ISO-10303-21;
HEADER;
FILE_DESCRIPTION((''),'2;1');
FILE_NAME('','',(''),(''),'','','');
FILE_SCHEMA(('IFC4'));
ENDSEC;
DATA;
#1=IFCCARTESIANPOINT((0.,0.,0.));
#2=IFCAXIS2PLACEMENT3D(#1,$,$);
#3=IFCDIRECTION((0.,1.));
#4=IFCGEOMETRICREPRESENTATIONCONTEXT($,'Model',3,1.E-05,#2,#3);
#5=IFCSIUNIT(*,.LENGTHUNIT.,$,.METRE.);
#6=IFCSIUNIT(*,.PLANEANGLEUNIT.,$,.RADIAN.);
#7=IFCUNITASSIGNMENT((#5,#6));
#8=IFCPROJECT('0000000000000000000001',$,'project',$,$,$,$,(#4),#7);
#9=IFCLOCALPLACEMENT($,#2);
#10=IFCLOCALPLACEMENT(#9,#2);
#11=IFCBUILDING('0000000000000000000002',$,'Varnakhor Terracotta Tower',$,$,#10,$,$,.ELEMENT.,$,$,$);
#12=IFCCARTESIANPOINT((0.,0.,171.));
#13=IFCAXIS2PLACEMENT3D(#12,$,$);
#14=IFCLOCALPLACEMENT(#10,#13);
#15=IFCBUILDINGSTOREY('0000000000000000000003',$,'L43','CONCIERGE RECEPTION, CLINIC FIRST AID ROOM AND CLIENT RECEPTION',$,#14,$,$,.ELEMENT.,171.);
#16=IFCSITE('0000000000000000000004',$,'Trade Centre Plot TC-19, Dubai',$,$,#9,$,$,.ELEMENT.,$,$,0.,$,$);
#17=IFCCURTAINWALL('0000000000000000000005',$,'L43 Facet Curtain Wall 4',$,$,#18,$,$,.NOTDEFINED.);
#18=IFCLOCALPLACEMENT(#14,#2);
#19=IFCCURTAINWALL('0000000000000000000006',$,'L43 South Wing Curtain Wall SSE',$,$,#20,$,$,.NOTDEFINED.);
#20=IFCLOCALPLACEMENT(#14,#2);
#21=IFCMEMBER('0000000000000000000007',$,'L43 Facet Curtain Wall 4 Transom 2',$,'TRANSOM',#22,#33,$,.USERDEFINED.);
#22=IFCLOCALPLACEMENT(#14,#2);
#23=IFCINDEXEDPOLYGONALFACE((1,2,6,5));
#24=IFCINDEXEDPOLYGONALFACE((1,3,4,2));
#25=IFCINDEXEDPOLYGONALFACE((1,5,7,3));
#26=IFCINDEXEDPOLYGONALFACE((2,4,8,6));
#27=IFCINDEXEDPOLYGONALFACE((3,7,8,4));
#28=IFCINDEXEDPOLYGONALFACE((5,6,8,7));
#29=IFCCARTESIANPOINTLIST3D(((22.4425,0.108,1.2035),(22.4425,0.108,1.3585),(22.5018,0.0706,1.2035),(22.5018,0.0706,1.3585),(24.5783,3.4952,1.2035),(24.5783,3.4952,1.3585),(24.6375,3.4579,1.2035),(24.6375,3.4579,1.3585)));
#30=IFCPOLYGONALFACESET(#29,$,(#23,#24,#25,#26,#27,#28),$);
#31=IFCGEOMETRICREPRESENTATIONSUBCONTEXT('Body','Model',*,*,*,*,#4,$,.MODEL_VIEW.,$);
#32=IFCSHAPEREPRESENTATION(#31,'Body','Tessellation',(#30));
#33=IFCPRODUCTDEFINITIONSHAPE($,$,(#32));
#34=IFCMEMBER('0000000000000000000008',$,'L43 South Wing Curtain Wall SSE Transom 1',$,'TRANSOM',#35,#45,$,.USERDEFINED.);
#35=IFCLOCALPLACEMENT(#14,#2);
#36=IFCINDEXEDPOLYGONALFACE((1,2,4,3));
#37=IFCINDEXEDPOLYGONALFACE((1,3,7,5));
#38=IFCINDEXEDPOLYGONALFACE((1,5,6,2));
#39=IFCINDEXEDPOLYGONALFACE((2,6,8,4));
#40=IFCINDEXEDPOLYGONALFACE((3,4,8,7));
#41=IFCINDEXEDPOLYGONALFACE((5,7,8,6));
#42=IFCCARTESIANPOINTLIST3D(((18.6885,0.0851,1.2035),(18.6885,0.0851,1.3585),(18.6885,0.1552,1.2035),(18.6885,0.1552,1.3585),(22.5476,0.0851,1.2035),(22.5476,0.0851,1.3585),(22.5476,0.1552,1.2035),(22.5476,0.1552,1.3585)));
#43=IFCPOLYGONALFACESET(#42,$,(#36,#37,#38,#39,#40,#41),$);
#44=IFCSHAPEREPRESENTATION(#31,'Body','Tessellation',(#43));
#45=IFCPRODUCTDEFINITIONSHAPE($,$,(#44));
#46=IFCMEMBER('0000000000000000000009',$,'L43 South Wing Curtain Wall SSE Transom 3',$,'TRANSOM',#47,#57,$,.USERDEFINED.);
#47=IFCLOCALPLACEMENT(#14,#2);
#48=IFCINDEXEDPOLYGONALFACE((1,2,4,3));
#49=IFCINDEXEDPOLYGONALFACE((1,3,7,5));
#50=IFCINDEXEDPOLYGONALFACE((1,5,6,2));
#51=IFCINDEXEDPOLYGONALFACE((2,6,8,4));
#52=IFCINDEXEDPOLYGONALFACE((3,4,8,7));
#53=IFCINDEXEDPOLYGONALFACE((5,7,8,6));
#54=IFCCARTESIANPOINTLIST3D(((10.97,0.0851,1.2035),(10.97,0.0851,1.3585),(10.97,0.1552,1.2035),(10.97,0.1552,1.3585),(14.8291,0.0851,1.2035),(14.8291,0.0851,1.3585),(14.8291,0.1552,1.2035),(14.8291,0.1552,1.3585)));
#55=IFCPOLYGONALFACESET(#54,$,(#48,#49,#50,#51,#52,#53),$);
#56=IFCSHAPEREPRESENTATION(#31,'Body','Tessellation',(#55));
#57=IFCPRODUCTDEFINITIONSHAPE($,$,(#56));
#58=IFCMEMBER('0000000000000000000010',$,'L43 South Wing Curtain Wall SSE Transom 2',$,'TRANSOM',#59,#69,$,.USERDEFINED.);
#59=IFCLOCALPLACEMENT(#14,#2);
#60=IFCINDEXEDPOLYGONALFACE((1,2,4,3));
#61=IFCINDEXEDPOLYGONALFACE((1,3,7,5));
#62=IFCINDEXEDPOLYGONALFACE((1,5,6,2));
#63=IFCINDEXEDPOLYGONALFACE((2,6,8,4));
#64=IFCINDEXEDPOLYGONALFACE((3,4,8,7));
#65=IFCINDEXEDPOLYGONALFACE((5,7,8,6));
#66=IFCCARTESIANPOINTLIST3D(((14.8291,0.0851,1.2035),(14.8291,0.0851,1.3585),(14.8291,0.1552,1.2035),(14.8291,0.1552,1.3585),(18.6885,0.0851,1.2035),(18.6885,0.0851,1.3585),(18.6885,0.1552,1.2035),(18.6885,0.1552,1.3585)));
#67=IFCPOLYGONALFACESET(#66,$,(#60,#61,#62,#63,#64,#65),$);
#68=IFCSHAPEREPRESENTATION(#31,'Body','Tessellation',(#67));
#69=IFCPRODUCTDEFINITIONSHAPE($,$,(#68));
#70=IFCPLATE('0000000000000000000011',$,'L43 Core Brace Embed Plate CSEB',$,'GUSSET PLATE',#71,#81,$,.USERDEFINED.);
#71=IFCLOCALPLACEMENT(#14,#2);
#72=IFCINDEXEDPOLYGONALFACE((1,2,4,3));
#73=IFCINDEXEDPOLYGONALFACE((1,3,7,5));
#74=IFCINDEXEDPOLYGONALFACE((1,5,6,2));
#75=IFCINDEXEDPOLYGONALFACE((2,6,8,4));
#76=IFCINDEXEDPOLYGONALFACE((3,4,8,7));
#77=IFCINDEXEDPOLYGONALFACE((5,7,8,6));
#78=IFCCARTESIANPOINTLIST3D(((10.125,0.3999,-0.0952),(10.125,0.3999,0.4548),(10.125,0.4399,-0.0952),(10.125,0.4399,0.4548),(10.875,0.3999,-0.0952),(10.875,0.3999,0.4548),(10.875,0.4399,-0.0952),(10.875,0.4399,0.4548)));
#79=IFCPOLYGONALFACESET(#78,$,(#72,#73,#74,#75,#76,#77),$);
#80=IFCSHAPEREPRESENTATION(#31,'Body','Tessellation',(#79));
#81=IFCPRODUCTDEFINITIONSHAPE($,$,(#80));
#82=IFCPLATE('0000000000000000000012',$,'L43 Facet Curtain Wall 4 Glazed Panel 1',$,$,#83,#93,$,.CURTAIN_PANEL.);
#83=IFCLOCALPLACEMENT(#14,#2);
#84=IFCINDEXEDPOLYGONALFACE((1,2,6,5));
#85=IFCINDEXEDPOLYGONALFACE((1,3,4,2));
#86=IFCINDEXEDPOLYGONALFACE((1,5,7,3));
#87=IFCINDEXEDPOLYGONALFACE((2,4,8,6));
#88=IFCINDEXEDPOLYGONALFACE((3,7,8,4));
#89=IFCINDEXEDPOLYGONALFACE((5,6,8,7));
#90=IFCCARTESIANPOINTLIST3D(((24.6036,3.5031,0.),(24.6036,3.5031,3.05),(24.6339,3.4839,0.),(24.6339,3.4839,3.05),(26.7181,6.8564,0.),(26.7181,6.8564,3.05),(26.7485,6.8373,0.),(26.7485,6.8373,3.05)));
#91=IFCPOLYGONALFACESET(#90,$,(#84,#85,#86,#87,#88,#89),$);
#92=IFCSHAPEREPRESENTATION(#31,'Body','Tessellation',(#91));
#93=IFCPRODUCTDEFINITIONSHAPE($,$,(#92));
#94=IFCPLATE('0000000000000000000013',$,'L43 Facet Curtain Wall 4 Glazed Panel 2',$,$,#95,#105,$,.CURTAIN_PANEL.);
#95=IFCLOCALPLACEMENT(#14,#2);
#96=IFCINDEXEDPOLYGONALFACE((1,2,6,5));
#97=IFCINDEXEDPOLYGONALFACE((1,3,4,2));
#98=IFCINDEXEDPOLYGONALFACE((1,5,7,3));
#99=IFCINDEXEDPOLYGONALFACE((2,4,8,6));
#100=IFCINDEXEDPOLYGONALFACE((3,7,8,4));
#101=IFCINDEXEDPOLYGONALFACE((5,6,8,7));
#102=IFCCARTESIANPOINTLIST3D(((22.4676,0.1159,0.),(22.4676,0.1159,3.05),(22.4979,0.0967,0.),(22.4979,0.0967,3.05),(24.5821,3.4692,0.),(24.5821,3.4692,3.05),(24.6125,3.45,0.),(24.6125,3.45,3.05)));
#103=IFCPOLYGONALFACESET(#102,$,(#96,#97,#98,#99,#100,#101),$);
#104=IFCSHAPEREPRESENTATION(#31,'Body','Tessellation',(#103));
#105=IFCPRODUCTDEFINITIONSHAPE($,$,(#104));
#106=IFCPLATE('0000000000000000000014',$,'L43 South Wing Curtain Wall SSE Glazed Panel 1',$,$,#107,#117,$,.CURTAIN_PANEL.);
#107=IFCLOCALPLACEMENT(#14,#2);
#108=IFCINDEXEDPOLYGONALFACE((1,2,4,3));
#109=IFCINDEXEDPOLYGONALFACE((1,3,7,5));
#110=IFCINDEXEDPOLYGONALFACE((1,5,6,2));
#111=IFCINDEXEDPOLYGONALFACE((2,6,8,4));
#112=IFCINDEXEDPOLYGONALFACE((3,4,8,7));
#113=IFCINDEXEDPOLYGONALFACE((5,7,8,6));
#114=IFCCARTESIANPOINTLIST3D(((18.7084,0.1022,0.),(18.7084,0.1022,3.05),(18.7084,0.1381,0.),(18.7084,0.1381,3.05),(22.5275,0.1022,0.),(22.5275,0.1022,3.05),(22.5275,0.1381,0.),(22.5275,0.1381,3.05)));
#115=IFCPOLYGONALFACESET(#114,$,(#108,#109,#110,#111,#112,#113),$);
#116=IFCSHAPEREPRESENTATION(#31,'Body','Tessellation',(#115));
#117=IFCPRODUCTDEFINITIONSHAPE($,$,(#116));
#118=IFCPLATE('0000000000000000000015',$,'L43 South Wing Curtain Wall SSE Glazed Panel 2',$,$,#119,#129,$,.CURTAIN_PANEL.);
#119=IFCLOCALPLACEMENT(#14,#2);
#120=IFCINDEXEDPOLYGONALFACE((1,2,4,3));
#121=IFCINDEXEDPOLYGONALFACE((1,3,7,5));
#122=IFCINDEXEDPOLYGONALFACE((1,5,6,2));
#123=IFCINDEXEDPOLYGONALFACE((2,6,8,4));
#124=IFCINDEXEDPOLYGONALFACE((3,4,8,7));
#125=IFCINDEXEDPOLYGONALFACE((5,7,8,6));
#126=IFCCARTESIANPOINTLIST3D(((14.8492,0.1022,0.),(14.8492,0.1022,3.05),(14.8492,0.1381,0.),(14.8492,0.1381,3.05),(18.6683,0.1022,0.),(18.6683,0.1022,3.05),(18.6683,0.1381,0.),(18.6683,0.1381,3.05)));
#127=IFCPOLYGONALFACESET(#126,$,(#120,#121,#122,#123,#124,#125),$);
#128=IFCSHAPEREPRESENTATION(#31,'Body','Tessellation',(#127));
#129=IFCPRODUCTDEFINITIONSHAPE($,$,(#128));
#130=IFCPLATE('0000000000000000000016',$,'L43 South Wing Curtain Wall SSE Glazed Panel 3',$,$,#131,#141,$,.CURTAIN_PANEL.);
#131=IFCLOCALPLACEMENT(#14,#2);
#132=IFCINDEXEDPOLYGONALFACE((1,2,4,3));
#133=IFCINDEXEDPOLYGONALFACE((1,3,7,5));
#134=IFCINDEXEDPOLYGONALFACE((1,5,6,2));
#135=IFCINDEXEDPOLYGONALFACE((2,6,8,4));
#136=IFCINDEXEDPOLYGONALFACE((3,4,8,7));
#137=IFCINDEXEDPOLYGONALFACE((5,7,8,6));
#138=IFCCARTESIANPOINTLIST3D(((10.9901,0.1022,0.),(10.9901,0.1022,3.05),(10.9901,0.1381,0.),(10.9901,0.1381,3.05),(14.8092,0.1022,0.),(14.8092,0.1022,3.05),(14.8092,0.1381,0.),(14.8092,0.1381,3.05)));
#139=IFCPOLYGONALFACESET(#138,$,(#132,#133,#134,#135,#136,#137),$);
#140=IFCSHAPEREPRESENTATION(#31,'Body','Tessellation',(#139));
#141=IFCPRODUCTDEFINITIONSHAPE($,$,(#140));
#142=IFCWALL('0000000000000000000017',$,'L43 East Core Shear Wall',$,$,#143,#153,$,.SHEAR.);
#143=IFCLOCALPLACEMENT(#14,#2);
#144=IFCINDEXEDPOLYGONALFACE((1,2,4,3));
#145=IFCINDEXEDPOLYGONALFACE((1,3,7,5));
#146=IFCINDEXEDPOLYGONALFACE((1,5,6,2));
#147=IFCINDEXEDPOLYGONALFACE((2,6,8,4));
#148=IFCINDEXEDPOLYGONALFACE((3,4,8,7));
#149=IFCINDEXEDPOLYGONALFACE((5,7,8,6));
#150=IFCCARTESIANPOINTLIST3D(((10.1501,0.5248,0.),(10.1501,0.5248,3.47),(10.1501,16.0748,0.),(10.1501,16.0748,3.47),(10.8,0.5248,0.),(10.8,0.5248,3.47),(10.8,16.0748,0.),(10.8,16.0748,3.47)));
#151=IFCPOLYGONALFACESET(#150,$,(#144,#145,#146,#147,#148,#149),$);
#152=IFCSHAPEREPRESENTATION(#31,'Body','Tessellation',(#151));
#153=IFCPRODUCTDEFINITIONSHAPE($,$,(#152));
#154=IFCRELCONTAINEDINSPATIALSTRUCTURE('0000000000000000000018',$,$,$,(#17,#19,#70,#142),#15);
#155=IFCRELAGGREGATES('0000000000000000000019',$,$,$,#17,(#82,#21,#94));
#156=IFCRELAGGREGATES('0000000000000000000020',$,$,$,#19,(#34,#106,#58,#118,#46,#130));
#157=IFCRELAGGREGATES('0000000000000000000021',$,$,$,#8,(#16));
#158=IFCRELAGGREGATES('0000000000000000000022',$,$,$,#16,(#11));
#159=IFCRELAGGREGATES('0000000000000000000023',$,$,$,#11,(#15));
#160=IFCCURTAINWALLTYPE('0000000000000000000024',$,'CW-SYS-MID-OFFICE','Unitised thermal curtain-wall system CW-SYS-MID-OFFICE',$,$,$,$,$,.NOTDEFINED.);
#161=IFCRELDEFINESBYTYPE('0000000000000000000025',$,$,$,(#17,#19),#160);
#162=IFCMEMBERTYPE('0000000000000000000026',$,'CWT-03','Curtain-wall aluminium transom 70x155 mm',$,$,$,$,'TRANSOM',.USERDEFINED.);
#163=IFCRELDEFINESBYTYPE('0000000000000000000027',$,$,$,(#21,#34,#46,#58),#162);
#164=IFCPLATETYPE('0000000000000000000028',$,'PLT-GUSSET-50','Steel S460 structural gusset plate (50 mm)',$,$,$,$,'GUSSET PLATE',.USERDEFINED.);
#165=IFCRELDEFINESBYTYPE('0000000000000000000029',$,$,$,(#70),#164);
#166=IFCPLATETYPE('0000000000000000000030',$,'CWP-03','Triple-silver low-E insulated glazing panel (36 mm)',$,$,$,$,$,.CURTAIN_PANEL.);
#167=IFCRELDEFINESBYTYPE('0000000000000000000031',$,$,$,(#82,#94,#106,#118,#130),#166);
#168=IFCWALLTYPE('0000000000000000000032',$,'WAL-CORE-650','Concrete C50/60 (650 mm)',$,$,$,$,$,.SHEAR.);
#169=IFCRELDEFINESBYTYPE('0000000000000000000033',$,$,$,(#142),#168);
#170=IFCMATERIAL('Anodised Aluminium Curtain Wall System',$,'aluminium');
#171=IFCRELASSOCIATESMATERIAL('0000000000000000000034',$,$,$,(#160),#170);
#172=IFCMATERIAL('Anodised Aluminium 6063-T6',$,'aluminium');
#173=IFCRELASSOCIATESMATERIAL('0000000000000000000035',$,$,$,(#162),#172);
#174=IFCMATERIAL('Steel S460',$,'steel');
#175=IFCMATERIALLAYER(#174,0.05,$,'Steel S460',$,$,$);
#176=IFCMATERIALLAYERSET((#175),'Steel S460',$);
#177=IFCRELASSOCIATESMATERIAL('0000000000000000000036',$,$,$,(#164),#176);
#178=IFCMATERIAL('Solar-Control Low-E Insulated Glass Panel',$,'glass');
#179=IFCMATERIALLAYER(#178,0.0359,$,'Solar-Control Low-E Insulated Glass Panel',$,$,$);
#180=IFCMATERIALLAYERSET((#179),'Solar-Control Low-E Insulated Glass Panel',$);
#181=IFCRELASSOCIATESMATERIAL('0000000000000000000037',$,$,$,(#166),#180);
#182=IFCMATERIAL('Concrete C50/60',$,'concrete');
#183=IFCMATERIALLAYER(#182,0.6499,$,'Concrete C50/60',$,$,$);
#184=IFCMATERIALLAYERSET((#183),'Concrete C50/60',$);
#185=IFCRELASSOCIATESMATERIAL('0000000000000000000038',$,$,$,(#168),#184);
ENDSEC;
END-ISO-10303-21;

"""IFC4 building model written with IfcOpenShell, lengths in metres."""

from ifc_helpers import new_model, si_unit, direction, frame, frame_2d, origin, origin_2d, place, context, subcontext, project, spatial, rectangle, extrude, source, transform, mapped, material, layer, layer_set, material_profile, profile_set, type_object, type_shapes, element, aggregate, save


model = new_model("IFC4")

# Units and contexts
model_context = context("Model", 3, precision=1e-05, world=origin(), true_north=direction((0.0, 1.0)))
body_context = subcontext(model_context, "Body", "Model", "MODEL_VIEW")
ifc_project = project(units=[si_unit("LENGTHUNIT", "METRE"), si_unit("PLANEANGLEUNIT", "RADIAN")], contexts=[model_context])

# Site, building, storey
site_placement = place(None, origin())
site = spatial("IfcSite", under=ifc_project, at=site_placement, Name="Trade Centre Plot TC-19, Dubai", CompositionType="ELEMENT", RefElevation=0.0)
building_placement = place(site_placement, origin())
building = spatial("IfcBuilding", under=site, at=building_placement, Name="Varnakhor Terracotta Tower", CompositionType="ELEMENT")
storey_placement = place(building_placement, frame((0.0, 0.0, 171.0)))
storey = spatial("IfcBuildingStorey", under=building, at=storey_placement, Name="L43", Description="CONCIERGE RECEPTION, CLINIC FIRST AID ROOM AND CLIENT RECEPTION", CompositionType="ELEMENT", Elevation=171.0)

# Shared definitions
ifc_material_1 = material(Name="Concrete C50/60", Category="concrete")
ifc_material_2 = material(Name="Steel S460", Category="steel")

# Curtain walls
ifc_material_3 = material(Name="Anodised Aluminium Curtain Wall System", Category="aluminium")
curtain_wall_type = type_object("IfcCurtainWallType", Name="CW-SYS-MID-OFFICE", Description="Unitised thermal curtain-wall system CW-SYS-MID-OFFICE", PredefinedType="NOTDEFINED", material=ifc_material_3)
curtain_wall_1_placement = place(storey_placement, origin())
curtain_wall_1 = element("IfcCurtainWall", 1, at=curtain_wall_1_placement, inside=storey, type_object=curtain_wall_type, Name="L43 Facet Curtain Wall 4", PredefinedType="NOTDEFINED")
ifc_material_4 = material(Name="Anodised Aluminium 6063-T6", Category="aluminium")
curtain_wall_2_placement = place(storey_placement, origin())
curtain_wall_2 = element("IfcCurtainWall", 2, at=curtain_wall_2_placement, inside=storey, type_object=curtain_wall_type, Name="L43 South Wing Curtain Wall SSE", PredefinedType="NOTDEFINED")

# Members
ifc_material_profile_1 = material_profile(ifc_material_4, rectangle(XDim=0.0701, YDim=0.155, at=origin_2d()), Name="ALU TRANSOM 70x155")
ifc_profile_set_1 = profile_set([ifc_material_profile_1], Name="Anodised Aluminium 6063-T6")
member_type_1 = type_object("IfcMemberType", Name="CWT-03", Description="Curtain-wall aluminium transom 70x155 mm", ElementType="TRANSOM", PredefinedType="USERDEFINED", material=ifc_profile_set_1)
shared_shape_1 = source(origin(), body_context, "Body", "SweptSolid", [
    extrude(rectangle(XDim=0.0701, YDim=0.155, at=origin_2d()), origin(), (0.0, 0.0, 1.0), 4.0044),
])
member_1_placement = place(storey_placement, frame((24.6079, 3.4766, 1.281), z_axis=(-0.53336, -0.845889, 0.0), x_axis=(0.845889, -0.53336, 0.0)))
member_1 = element("IfcMember", 3, at=member_1_placement, type_object=member_type_1, Name="L43 Facet Curtain Wall 4 Transom 2", ObjectType="TRANSOM", PredefinedType="USERDEFINED", context=body_context, shape_type="MappedRepresentation", body=[
    mapped(shared_shape_1, transform((0.0, 0.0, 0.0), scale=1.0)),
])
shared_shape_2 = source(origin(), body_context, "Body", "SweptSolid", [
    extrude(rectangle(XDim=0.0701, YDim=0.155, at=origin_2d()), origin(), (0.0, 0.0, 1.0), 3.8591),
])
member_2_placement = place(storey_placement, frame((22.5476, 0.1201, 1.281), z_axis=(-1.0, 0.0, 0.0), x_axis=(0.0, -1.0, 0.0)))
member_2 = element("IfcMember", 4, at=member_2_placement, type_object=member_type_1, Name="L43 South Wing Curtain Wall SSE Transom 1", ObjectType="TRANSOM", PredefinedType="USERDEFINED", context=body_context, shape_type="MappedRepresentation", body=[
    mapped(shared_shape_2, transform((0.0, 0.0, 0.0), scale=1.0)),
])
member_3_placement = place(storey_placement, frame((14.8291, 0.1201, 1.281), z_axis=(-1.0, 0.0, 0.0), x_axis=(0.0, -1.0, 0.0)))
member_3 = element("IfcMember", 5, at=member_3_placement, type_object=member_type_1, Name="L43 South Wing Curtain Wall SSE Transom 3", ObjectType="TRANSOM", PredefinedType="USERDEFINED", context=body_context, shape_type="MappedRepresentation", body=[
    mapped(shared_shape_2, transform((0.0, 0.0, 0.0), scale=1.0)),
])
shared_shape_3 = source(origin(), body_context, "Body", "SweptSolid", [
    extrude(rectangle(XDim=0.0701, YDim=0.155, at=origin_2d()), origin(), (0.0, 0.0, 1.0), 3.8594),
])
member_4_placement = place(storey_placement, frame((18.6885, 0.1201, 1.281), z_axis=(-1.0, 0.0, 0.0), x_axis=(0.0, -1.0, 0.0)))
member_4 = element("IfcMember", 6, at=member_4_placement, type_object=member_type_1, Name="L43 South Wing Curtain Wall SSE Transom 2", ObjectType="TRANSOM", PredefinedType="USERDEFINED", context=body_context, shape_type="MappedRepresentation", body=[
    mapped(shared_shape_3, transform((0.0, 0.0, 0.0), scale=1.0)),
])

# Plates
ifc_layer_1 = layer(ifc_material_2, 0.05, Name="Steel S460")
ifc_layer_set_1 = layer_set([ifc_layer_1], Name="Steel S460")
plate_type_1 = type_object("IfcPlateType", Name="PLT-GUSSET-50", Description="Steel S460 structural gusset plate (50 mm)", ElementType="GUSSET PLATE", PredefinedType="USERDEFINED", material=ifc_layer_set_1)
shared_shape_4 = source(origin(), body_context, "Body", "SweptSolid", [
    extrude(rectangle(XDim=0.75, YDim=0.04, at=origin_2d()), origin(), (0.0, 0.0, 1.0), 0.55),
])
type_shapes(plate_type_1, [shared_shape_4])
plate_1_placement = place(storey_placement, frame((10.5, 0.4199, -0.0952), z_axis=(0.0, 0.0, 1.0), x_axis=(1.0, 0.0, 0.0)))
element("IfcPlate", 7, at=plate_1_placement, inside=storey, type_object=plate_type_1, Name="L43 Core Brace Embed Plate CSEB", ObjectType="GUSSET PLATE", PredefinedType="USERDEFINED", context=body_context, shape_type="MappedRepresentation", body=[
    mapped(shared_shape_4, transform((0.0, 0.0, 0.0), scale=1.0)),
])
ifc_material_5 = material(Name="Solar-Control Low-E Insulated Glass Panel", Category="glass")
ifc_layer_2 = layer(ifc_material_5, 0.0359, Name="Solar-Control Low-E Insulated Glass Panel")
ifc_layer_set_2 = layer_set([ifc_layer_2], Name="Solar-Control Low-E Insulated Glass Panel")
plate_type_2 = type_object("IfcPlateType", Name="CWP-03", Description="Triple-silver low-E insulated glazing panel (36 mm)", PredefinedType="CURTAIN_PANEL", material=ifc_layer_set_2)
shared_shape_5 = source(origin(), body_context, "Body", "SweptSolid", [
    extrude(rectangle(XDim=3.9644, YDim=0.0359, at=origin_2d()), origin(), (0.0, 0.0, 1.0), 3.05),
])
plate_2_placement = place(storey_placement, frame((25.676, 5.1702, 0.0), z_axis=(0.0, 0.0, 1.0), x_axis=(-0.533393, -0.845867, 0.0)))
plate_2 = element("IfcPlate", 8, at=plate_2_placement, type_object=plate_type_2, Name="L43 Facet Curtain Wall 4 Glazed Panel 1", PredefinedType="CURTAIN_PANEL", context=body_context, shape_type="MappedRepresentation", body=[
    mapped(shared_shape_5, transform((0.0, 0.0, 0.0), scale=1.0)),
])
plate_3_placement = place(storey_placement, frame((23.54, 1.783, 0.0), z_axis=(0.0, 0.0, 1.0), x_axis=(-0.533393, -0.845867, 0.0)))
plate_3 = element("IfcPlate", 9, at=plate_3_placement, type_object=plate_type_2, Name="L43 Facet Curtain Wall 4 Glazed Panel 2", PredefinedType="CURTAIN_PANEL", context=body_context, shape_type="MappedRepresentation", body=[
    mapped(shared_shape_5, transform((0.0, 0.0, 0.0), scale=1.0)),
])
aggregate(curtain_wall_1, [plate_2, member_1, plate_3])
shared_shape_6 = source(origin(), body_context, "Body", "SweptSolid", [
    extrude(rectangle(XDim=3.8191, YDim=0.0359, at=origin_2d()), origin(), (0.0, 0.0, 1.0), 3.05),
])
plate_4_placement = place(storey_placement, frame((20.6179, 0.1201, 0.0), z_axis=(0.0, 0.0, 1.0), x_axis=(-1.0, 0.0, 0.0)))
plate_4 = element("IfcPlate", 10, at=plate_4_placement, type_object=plate_type_2, Name="L43 South Wing Curtain Wall SSE Glazed Panel 1", PredefinedType="CURTAIN_PANEL", context=body_context, shape_type="MappedRepresentation", body=[
    mapped(shared_shape_6, transform((0.0, 0.0, 0.0), scale=1.0)),
])
plate_5_placement = place(storey_placement, frame((16.7588, 0.1201, 0.0), z_axis=(0.0, 0.0, 1.0), x_axis=(-1.0, 0.0, 0.0)))
plate_5 = element("IfcPlate", 11, at=plate_5_placement, type_object=plate_type_2, Name="L43 South Wing Curtain Wall SSE Glazed Panel 2", PredefinedType="CURTAIN_PANEL", context=body_context, shape_type="MappedRepresentation", body=[
    mapped(shared_shape_6, transform((0.0, 0.0, 0.0), scale=1.0)),
])
plate_6_placement = place(storey_placement, frame((12.8997, 0.1201, 0.0), z_axis=(0.0, 0.0, 1.0), x_axis=(-1.0, 0.0, 0.0)))
plate_6 = element("IfcPlate", 12, at=plate_6_placement, type_object=plate_type_2, Name="L43 South Wing Curtain Wall SSE Glazed Panel 3", PredefinedType="CURTAIN_PANEL", context=body_context, shape_type="MappedRepresentation", body=[
    mapped(shared_shape_6, transform((0.0, 0.0, 0.0), scale=1.0)),
])
aggregate(curtain_wall_2, [member_2, plate_4, member_4, plate_5, member_3, plate_6])

# Wall
ifc_layer_3 = layer(ifc_material_1, 0.6499, Name="Concrete C50/60")
ifc_layer_set_3 = layer_set([ifc_layer_3], Name="Concrete C50/60")
wall_type_1 = type_object("IfcWallType", Name="WAL-CORE-650", Description="Concrete C50/60 (650 mm)", PredefinedType="SHEAR", material=ifc_layer_set_3)
wall_1_placement = place(storey_placement, frame((10.4751, 0.5249, 0.0), z_axis=(0.0, 0.0, 1.0), x_axis=(0.0, 1.0, 0.0)))
element("IfcWall", 13, at=wall_1_placement, inside=storey, type_object=wall_type_1, Name="L43 East Core Shear Wall", PredefinedType="SHEAR", context=body_context, shape_type="SweptSolid", body=[
    extrude(rectangle(XDim=15.55, YDim=0.6499, at=frame_2d((7.7749, 0.0))), origin(), (0.0, 0.0, 1.0), 3.47),
])

save(model, "model.ifc")
